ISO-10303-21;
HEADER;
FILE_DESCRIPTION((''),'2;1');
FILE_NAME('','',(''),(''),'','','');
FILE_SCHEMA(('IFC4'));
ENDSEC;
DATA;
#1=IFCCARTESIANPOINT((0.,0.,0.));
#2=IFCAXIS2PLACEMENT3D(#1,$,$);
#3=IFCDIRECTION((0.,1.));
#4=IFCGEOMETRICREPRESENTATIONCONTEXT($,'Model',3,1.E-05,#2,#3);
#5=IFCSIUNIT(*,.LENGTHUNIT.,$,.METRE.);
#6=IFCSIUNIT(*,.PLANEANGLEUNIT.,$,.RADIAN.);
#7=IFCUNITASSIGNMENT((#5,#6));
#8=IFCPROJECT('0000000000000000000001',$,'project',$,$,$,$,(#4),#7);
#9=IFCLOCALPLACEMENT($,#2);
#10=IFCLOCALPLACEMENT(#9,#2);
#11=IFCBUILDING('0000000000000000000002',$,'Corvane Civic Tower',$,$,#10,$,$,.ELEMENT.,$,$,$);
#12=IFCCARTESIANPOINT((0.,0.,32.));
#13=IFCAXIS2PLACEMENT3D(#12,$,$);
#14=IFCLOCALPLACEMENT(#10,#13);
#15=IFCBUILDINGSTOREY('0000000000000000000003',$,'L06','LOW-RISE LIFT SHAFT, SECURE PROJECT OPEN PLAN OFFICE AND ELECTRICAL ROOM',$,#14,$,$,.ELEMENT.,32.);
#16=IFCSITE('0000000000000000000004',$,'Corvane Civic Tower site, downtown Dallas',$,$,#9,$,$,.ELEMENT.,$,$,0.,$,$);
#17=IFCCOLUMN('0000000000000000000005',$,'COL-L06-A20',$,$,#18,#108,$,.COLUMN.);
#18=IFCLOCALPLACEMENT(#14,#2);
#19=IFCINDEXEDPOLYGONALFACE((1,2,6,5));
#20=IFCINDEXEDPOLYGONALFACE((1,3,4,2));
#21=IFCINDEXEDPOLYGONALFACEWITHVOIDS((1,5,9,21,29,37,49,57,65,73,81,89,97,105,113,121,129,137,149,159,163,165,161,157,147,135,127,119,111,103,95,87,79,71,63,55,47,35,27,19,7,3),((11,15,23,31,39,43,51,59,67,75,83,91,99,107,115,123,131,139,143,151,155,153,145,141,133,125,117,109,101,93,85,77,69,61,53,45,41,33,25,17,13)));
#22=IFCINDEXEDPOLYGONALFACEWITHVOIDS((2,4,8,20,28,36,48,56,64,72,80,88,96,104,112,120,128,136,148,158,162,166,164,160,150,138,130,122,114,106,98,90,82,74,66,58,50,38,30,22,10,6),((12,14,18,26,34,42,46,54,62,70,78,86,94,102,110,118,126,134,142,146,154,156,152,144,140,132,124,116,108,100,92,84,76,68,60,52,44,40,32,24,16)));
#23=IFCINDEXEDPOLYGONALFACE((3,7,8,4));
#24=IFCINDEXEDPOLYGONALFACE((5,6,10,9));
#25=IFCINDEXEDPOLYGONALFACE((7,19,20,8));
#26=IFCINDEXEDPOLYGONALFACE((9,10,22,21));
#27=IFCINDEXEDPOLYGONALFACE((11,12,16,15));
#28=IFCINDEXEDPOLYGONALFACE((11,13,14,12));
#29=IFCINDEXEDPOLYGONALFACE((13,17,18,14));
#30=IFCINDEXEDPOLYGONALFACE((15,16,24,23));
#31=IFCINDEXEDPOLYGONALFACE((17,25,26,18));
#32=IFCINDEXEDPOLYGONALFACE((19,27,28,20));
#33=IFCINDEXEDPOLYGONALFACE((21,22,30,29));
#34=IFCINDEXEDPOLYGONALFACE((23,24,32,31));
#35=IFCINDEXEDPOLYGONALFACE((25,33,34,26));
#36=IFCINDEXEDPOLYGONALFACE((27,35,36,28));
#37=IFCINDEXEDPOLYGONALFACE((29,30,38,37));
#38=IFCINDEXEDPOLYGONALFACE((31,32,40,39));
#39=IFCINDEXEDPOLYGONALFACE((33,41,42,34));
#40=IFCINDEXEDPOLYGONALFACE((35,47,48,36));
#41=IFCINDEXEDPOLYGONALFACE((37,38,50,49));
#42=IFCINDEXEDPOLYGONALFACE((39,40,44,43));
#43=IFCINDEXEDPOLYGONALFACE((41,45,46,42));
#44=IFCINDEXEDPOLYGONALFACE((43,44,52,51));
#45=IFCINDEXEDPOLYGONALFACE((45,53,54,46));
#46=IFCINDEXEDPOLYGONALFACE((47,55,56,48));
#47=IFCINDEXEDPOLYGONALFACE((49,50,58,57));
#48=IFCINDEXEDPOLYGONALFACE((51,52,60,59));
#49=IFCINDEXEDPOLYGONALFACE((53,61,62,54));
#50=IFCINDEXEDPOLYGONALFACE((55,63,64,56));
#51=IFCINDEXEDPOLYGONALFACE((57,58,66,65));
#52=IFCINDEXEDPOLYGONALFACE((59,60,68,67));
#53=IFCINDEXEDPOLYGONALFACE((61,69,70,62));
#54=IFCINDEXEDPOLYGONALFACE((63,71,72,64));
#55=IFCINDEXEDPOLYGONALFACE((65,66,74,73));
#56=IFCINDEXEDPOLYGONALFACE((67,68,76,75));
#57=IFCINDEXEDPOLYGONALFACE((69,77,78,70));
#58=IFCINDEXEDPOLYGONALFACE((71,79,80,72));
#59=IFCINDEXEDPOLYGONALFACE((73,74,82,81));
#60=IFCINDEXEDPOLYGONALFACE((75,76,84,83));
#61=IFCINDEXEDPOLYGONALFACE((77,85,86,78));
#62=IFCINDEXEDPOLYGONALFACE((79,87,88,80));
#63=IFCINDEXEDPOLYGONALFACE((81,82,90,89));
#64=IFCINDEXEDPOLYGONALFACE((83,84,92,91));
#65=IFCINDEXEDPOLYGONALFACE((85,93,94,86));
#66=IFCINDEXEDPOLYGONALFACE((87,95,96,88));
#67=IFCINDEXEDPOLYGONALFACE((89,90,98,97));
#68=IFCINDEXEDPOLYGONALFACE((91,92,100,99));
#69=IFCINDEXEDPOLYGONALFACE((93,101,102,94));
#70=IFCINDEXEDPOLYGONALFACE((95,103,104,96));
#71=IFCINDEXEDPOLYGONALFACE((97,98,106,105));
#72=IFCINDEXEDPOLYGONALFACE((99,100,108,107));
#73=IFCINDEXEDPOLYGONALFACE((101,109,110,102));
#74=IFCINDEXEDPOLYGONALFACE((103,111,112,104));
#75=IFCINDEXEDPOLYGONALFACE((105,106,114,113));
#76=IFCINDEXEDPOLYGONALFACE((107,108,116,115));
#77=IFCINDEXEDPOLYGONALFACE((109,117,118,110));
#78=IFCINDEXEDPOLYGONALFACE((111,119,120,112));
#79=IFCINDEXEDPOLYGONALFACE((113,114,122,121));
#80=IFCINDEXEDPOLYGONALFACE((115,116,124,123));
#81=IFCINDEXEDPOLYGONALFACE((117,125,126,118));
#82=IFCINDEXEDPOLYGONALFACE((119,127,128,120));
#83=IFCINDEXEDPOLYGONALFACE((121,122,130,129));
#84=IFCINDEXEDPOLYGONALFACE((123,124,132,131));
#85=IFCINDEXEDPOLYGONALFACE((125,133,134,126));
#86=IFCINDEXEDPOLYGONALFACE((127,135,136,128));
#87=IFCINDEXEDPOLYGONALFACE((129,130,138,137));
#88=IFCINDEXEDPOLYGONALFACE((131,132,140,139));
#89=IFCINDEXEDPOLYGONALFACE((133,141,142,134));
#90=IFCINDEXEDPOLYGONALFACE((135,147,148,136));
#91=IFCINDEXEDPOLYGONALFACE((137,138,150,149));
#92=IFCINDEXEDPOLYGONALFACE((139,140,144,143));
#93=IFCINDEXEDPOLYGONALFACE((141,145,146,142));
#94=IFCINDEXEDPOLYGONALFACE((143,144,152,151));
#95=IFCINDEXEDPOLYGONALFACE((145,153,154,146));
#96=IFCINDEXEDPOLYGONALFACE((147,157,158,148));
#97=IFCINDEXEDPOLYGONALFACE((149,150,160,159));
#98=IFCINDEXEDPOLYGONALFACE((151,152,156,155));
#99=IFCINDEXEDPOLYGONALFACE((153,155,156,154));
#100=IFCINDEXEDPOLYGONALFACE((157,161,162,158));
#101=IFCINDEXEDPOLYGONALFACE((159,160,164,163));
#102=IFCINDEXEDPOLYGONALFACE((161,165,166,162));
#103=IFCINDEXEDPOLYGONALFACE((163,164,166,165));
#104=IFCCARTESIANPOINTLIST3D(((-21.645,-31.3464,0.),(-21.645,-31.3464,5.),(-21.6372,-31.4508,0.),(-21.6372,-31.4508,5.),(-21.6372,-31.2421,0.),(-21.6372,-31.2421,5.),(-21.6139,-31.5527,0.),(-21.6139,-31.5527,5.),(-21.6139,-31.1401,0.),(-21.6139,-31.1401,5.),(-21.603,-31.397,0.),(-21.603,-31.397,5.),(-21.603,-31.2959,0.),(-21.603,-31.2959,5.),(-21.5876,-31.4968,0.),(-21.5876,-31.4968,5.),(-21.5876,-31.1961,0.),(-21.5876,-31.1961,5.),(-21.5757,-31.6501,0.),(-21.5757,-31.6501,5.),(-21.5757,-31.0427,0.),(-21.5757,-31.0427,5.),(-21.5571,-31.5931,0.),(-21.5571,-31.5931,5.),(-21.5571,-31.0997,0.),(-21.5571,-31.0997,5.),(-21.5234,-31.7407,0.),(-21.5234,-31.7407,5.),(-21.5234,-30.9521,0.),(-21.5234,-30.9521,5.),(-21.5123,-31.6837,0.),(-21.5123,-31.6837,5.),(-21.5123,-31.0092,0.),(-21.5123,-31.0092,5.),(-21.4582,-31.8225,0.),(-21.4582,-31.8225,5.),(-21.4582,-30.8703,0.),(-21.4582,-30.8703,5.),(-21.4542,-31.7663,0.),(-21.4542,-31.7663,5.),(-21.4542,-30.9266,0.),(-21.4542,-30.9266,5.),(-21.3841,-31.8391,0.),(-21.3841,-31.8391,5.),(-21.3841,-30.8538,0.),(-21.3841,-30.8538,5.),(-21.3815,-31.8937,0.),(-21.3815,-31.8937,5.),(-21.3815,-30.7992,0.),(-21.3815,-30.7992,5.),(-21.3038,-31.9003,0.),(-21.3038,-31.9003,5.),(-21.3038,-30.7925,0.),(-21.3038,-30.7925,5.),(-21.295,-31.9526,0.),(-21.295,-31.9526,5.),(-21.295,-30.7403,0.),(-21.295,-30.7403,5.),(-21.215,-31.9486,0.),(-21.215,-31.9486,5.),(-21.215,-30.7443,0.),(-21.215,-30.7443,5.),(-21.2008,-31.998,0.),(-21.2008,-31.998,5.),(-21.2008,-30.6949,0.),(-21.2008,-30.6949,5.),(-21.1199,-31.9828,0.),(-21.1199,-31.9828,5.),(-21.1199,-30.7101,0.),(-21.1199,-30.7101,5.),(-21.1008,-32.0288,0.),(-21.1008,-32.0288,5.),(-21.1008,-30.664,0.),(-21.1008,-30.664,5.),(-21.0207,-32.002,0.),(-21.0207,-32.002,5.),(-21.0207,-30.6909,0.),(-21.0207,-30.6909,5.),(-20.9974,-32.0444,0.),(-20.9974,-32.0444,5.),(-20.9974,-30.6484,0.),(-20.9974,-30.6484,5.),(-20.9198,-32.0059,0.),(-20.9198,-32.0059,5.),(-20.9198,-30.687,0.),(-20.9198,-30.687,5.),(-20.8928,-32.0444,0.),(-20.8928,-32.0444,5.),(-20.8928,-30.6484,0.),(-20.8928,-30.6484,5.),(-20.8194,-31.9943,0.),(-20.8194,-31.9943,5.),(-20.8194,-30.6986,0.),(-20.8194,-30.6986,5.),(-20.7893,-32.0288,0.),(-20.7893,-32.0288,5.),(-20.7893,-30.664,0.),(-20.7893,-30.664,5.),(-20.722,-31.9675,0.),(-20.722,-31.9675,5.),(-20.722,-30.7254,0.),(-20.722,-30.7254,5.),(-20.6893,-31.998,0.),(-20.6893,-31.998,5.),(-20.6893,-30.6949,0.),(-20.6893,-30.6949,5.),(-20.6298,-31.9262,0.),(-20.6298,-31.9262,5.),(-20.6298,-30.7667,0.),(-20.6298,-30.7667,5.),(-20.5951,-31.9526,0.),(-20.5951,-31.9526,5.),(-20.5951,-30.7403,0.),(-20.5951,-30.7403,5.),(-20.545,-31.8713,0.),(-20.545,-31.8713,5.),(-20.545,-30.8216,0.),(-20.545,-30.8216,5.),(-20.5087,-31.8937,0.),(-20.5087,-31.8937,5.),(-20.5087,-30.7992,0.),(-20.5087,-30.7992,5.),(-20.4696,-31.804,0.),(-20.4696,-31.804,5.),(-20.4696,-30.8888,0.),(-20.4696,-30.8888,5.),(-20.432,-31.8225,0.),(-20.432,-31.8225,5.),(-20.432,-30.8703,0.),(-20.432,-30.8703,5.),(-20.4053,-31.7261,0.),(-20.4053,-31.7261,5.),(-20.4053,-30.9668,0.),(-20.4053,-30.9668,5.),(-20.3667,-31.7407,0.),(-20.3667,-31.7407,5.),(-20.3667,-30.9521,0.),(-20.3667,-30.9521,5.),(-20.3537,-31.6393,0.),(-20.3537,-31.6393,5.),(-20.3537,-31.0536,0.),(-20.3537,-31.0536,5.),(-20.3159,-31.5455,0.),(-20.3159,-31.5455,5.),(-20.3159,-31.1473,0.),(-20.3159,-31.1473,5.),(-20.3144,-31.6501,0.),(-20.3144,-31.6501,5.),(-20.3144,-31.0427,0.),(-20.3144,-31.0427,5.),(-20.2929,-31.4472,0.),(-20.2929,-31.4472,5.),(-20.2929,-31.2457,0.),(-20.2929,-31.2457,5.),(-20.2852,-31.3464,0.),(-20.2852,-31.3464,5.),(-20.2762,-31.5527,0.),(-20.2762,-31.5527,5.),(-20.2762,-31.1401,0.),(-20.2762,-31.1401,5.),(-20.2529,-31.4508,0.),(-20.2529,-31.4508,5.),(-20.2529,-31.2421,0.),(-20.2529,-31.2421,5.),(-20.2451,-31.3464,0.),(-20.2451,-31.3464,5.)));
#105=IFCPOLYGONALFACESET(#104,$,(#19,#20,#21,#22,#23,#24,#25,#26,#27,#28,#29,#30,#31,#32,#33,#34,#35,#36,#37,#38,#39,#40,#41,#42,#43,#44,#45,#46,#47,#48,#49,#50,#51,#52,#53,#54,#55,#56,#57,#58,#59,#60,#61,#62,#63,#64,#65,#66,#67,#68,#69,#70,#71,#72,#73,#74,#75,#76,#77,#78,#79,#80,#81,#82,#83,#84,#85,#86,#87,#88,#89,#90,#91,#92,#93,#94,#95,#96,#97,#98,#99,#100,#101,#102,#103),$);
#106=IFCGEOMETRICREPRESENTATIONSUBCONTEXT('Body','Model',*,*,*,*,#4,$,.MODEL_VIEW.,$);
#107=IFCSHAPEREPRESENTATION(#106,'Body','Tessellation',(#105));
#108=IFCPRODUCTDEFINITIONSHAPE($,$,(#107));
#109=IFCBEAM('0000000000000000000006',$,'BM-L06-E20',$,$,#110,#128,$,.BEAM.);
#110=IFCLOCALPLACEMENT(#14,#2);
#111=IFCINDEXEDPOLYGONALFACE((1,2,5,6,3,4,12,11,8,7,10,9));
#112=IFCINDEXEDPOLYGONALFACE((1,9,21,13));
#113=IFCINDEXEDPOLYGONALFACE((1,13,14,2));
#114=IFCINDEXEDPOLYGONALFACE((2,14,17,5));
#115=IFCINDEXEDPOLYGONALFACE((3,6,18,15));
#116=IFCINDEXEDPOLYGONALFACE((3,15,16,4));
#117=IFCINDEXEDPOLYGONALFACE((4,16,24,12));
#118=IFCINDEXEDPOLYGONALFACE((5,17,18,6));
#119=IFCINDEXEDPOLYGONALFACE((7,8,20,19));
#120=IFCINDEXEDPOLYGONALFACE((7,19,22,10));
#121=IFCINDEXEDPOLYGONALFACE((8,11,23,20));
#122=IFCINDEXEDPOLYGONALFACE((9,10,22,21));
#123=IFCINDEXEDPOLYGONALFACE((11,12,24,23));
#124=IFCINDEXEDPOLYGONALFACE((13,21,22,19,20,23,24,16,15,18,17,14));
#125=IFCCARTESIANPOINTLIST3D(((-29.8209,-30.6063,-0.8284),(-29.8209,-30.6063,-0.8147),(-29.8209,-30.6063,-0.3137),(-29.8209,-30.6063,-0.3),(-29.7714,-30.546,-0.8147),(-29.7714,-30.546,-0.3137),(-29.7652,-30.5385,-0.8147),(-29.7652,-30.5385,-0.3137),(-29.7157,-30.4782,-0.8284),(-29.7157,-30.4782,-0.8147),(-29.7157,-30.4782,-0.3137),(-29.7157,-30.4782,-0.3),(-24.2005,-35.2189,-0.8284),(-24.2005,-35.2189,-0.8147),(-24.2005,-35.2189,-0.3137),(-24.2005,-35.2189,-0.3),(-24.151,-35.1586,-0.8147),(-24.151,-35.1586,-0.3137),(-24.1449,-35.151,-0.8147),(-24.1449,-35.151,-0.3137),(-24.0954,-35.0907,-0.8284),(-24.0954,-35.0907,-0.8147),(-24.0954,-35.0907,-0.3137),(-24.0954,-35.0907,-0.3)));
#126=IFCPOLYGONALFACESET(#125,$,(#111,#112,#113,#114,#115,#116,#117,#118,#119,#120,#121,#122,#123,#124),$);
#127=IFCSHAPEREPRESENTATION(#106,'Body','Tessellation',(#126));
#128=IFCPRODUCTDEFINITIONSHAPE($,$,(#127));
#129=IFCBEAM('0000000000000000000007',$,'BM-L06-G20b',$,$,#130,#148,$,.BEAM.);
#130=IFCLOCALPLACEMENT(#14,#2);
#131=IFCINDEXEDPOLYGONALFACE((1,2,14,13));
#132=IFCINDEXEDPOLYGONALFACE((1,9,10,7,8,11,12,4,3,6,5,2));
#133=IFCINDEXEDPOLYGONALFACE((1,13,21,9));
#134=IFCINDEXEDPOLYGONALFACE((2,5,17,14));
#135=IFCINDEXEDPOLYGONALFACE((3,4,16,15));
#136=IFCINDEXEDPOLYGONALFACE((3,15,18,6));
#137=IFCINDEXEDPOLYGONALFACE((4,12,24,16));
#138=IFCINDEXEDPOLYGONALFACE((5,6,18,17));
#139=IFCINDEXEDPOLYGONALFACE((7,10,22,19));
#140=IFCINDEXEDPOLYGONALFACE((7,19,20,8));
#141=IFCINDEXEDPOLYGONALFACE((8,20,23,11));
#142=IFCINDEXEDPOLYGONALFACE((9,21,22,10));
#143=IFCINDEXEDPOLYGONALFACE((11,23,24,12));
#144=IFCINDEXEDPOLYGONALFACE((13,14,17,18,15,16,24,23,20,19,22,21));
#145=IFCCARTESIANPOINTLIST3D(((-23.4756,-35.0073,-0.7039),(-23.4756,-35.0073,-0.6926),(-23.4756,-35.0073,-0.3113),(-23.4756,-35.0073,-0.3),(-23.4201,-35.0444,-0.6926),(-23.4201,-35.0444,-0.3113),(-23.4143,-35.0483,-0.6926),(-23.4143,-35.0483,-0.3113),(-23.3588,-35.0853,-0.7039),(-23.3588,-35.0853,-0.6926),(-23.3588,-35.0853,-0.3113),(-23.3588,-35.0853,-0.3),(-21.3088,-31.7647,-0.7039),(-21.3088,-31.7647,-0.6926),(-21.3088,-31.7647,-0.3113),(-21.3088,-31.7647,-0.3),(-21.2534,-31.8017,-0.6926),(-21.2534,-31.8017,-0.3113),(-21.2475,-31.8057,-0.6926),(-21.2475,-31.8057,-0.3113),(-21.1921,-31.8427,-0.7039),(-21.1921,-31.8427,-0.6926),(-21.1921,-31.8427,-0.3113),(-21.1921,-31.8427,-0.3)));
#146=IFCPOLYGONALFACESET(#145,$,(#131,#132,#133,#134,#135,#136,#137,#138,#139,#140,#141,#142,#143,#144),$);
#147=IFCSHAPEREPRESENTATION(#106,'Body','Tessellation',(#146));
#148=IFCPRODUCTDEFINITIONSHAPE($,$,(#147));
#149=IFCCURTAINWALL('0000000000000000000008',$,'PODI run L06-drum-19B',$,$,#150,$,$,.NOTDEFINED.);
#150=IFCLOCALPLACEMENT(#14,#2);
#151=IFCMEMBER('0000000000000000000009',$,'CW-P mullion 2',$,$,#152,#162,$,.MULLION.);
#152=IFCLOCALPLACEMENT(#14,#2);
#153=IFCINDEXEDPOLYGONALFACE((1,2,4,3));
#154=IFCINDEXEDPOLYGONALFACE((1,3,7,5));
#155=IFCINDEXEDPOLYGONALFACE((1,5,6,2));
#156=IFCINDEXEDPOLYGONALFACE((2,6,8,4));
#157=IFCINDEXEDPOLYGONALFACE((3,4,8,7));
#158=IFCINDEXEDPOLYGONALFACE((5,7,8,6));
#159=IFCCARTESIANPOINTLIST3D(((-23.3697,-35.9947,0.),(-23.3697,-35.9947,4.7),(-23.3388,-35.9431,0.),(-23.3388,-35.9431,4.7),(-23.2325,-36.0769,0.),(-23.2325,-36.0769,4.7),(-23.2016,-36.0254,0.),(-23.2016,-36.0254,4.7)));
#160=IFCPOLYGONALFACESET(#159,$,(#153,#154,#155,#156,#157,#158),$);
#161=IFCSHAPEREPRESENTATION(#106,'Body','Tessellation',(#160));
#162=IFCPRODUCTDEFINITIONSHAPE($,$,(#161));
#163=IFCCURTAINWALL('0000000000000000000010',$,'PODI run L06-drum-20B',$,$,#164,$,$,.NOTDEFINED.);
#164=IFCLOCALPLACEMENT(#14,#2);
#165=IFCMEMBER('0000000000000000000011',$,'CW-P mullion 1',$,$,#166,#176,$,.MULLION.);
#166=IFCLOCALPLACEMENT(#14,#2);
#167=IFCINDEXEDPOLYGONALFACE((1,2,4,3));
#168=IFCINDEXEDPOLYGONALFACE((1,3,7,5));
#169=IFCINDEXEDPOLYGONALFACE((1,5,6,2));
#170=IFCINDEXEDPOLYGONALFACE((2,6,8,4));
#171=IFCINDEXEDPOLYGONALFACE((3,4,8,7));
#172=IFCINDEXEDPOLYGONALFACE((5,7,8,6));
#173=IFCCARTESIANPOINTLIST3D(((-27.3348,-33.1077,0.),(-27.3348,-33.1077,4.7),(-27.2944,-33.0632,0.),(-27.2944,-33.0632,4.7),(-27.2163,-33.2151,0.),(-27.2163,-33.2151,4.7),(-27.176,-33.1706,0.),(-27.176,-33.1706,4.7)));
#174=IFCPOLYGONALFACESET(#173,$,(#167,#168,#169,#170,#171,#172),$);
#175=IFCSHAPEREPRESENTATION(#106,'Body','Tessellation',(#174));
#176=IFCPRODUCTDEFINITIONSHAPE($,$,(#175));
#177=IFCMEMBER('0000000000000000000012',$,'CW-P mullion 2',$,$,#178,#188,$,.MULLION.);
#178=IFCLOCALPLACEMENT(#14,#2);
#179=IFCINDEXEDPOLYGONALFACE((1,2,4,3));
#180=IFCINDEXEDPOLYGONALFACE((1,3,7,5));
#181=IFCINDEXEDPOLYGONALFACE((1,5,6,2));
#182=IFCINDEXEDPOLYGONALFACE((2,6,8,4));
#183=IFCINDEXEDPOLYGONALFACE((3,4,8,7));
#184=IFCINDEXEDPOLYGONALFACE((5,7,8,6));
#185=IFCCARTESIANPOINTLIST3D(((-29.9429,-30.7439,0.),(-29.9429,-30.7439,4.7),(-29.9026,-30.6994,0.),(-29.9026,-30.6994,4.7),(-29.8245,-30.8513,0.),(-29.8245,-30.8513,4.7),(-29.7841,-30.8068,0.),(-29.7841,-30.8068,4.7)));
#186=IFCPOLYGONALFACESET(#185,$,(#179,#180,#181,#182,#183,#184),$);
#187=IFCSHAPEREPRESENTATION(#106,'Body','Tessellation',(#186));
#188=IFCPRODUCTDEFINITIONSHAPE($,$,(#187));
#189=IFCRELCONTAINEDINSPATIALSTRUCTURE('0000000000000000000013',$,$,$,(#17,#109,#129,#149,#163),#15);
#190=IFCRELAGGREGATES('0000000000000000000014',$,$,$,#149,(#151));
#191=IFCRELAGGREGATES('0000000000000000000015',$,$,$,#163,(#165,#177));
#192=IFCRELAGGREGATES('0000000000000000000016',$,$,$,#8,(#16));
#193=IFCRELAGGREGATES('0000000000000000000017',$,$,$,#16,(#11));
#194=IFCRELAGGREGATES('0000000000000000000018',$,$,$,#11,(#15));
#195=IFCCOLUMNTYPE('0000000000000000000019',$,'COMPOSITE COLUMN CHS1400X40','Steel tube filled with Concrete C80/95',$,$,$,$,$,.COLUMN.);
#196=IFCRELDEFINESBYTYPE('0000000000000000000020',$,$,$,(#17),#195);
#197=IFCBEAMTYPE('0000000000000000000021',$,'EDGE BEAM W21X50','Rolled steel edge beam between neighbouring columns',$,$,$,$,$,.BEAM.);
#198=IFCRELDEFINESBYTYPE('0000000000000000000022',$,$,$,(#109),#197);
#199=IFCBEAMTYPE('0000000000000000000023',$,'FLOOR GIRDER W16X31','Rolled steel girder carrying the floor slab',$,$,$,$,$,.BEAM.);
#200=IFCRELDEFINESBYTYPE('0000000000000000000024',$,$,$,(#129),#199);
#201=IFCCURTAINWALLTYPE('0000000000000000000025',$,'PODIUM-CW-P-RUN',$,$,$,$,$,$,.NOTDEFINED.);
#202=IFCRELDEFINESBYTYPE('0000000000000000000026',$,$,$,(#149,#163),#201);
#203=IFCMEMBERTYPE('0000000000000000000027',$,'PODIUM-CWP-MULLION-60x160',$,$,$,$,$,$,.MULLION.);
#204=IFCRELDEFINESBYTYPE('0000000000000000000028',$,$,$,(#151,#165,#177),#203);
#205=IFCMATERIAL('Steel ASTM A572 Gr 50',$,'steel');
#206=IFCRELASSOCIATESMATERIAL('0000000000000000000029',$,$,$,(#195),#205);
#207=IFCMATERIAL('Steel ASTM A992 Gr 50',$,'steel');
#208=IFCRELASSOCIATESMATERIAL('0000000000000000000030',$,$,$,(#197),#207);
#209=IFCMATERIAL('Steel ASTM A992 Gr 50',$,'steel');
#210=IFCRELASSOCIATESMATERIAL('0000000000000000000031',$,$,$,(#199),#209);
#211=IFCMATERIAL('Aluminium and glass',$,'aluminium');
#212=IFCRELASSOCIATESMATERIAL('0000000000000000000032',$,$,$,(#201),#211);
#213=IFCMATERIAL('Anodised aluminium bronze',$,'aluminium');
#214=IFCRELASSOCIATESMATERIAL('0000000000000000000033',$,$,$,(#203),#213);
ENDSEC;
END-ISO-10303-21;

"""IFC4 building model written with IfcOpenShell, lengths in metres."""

from ifc_helpers import new_model, si_unit, direction, frame, origin, origin_2d, place, context, subcontext, project, spatial, rectangle, hollow_circle, i_section, extrude, material, material_profile, profile_set, type_object, element, aggregate, save


model = new_model("IFC4")

# Units and contexts
model_context = context("Model", 3, precision=1e-05, world=origin(), true_north=direction((0.0, 1.0)))
body_context = subcontext(model_context, "Body", "Model", "MODEL_VIEW")
ifc_project = project(units=[si_unit("LENGTHUNIT", "METRE"), si_unit("PLANEANGLEUNIT", "RADIAN")], contexts=[model_context])

# Site, building, storey
site_placement = place(None, origin())
site = spatial("IfcSite", under=ifc_project, at=site_placement, Name="Corvane Civic Tower site, downtown Dallas", CompositionType="ELEMENT", RefElevation=0.0)
building_placement = place(site_placement, origin())
building = spatial("IfcBuilding", under=site, at=building_placement, Name="Corvane Civic Tower", CompositionType="ELEMENT")
storey_placement = place(building_placement, frame((0.0, 0.0, 32.0)))
storey = spatial("IfcBuildingStorey", under=building, at=storey_placement, Name="L06", Description="LOW-RISE LIFT SHAFT, SECURE PROJECT OPEN PLAN OFFICE AND ELECTRICAL ROOM", CompositionType="ELEMENT", Elevation=32.0)

# Column
ifc_material_1 = material(Name="Steel ASTM A572 Gr 50", Category="steel")
ifc_material_profile_1 = material_profile(ifc_material_1, hollow_circle(Radius=0.7, WallThickness=0.04, at=origin_2d()), Name="CHS1400X40")
ifc_profile_set_1 = profile_set([ifc_material_profile_1], Name="Steel ASTM A572 Gr 50")
column_type_1 = type_object("IfcColumnType", Name="COMPOSITE COLUMN CHS1400X40", Description="Steel tube filled with Concrete C80/95", PredefinedType="COLUMN", material=ifc_profile_set_1)
column_placement = place(storey_placement, frame((-20.9451, -31.3464, 0.0), z_axis=(0.0, 0.0, 1.0), x_axis=(1.0, 0.0, 0.0)))
element("IfcColumn", 1, at=column_placement, inside=storey, type_object=column_type_1, Name="COL-L06-A20", PredefinedType="COLUMN", context=body_context, shape_type="SweptSolid", body=[
    extrude(hollow_circle(Radius=0.7, WallThickness=0.04, at=origin_2d()), origin(), (0.0, 0.0, 1.0), 5.0),
])

# Beams
ifc_material_2 = material(Name="Steel ASTM A992 Gr 50", Category="steel")
ifc_material_profile_2 = material_profile(ifc_material_2, i_section(OverallWidth=0.1658, OverallDepth=0.5283, WebThickness=0.0098, FlangeThickness=0.0137, at=origin_2d()), Name="W21X50")
ifc_profile_set_2 = profile_set([ifc_material_profile_2], Name="Steel ASTM A992 Gr 50")
beam_type_1 = type_object("IfcBeamType", Name="EDGE BEAM W21X50", Description="Rolled steel edge beam between neighbouring columns", PredefinedType="BEAM", material=ifc_profile_set_2)
beam_1_placement = place(storey_placement, frame((-24.1479, -35.1548, -0.5642), z_axis=(-0.773008, 0.634396, 0.0), x_axis=(-0.634396, -0.773008, 0.0)))
element("IfcBeam", 2, at=beam_1_placement, inside=storey, type_object=beam_type_1, Name="BM-L06-E20", PredefinedType="BEAM", context=body_context, shape_type="SweptSolid", body=[
    extrude(i_section(OverallWidth=0.1658, OverallDepth=0.5283, WebThickness=0.0098, FlangeThickness=0.0137, at=origin_2d()), origin(), (0.0, 0.0, 1.0), 7.2708),
])
ifc_material_3 = material(Name="Steel ASTM A992 Gr 50", Category="steel")
ifc_material_profile_3 = material_profile(ifc_material_3, i_section(OverallWidth=0.1404, OverallDepth=0.4038, WebThickness=0.0071, FlangeThickness=0.0112, at=origin_2d()), Name="W16X31")
ifc_profile_set_3 = profile_set([ifc_material_profile_3], Name="Steel ASTM A992 Gr 50")
beam_type_2 = type_object("IfcBeamType", Name="FLOOR GIRDER W16X31", Description="Rolled steel girder carrying the floor slab", PredefinedType="BEAM", material=ifc_profile_set_3)
beam_2_placement = place(storey_placement, frame((-21.2505, -31.8037, -0.502), z_axis=(-0.555581, -0.831462, 0.0), x_axis=(0.831462, -0.555581, 0.0)))
element("IfcBeam", 3, at=beam_2_placement, inside=storey, type_object=beam_type_2, Name="BM-L06-G20b", PredefinedType="BEAM", context=body_context, shape_type="SweptSolid", body=[
    extrude(i_section(OverallWidth=0.1404, OverallDepth=0.4038, WebThickness=0.0071, FlangeThickness=0.0112, at=origin_2d()), origin(), (0.0, 0.0, 1.0), 3.8999),
])

# Curtain wall, member
ifc_material_4 = material(Name="Aluminium and glass", Category="aluminium")
curtain_wall_type = type_object("IfcCurtainWallType", Name="PODIUM-CW-P-RUN", PredefinedType="NOTDEFINED", material=ifc_material_4)
curtain_wall_1_placement = place(storey_placement, origin())
curtain_wall_1 = element("IfcCurtainWall", 4, at=curtain_wall_1_placement, inside=storey, type_object=curtain_wall_type, Name="PODI run L06-drum-19B", PredefinedType="NOTDEFINED")
ifc_material_5 = material(Name="Anodised aluminium bronze", Category="aluminium")
ifc_material_profile_4 = material_profile(ifc_material_5, rectangle(XDim=0.0601, YDim=0.1599, at=origin_2d()), Name="AL 60x160")
ifc_profile_set_4 = profile_set([ifc_material_profile_4], Name="Anodised aluminium bronze")
member_type_1 = type_object("IfcMemberType", Name="PODIUM-CWP-MULLION-60x160", PredefinedType="MULLION", material=ifc_profile_set_4)
member_1_placement = place(storey_placement, frame((-23.2856, -36.01, 0.0), z_axis=(0.0, 0.0, 1.0), x_axis=(-0.514118, -0.85772, 0.0)))
member_1 = element("IfcMember", 5, at=member_1_placement, type_object=member_type_1, Name="CW-P mullion 2", PredefinedType="MULLION", context=body_context, shape_type="SweptSolid", body=[
    extrude(rectangle(XDim=0.0601, YDim=0.1599, at=origin_2d()), origin(), (0.0, 0.0, 1.0), 4.7),
])

# Curtain wall, members
curtain_wall_2_placement = place(storey_placement, origin())
curtain_wall_2 = element("IfcCurtainWall", 6, at=curtain_wall_2_placement, inside=storey, type_object=curtain_wall_type, Name="PODI run L06-drum-20B", PredefinedType="NOTDEFINED")
member_2_placement = place(storey_placement, frame((-27.2554, -33.1392, 0.0), z_axis=(0.0, 0.0, 1.0), x_axis=(-0.671576, -0.740935, 0.0)))
member_2 = element("IfcMember", 7, at=member_2_placement, type_object=member_type_1, Name="CW-P mullion 1", PredefinedType="MULLION", context=body_context, shape_type="SweptSolid", body=[
    extrude(rectangle(XDim=0.0601, YDim=0.1599, at=origin_2d()), origin(), (0.0, 0.0, 1.0), 4.7),
])
member_3_placement = place(storey_placement, frame((-29.8635, -30.7754, 0.0), z_axis=(0.0, 0.0, 1.0), x_axis=(-0.671576, -0.740935, 0.0)))
member_3 = element("IfcMember", 8, at=member_3_placement, type_object=member_type_1, Name="CW-P mullion 2", PredefinedType="MULLION", context=body_context, shape_type="SweptSolid", body=[
    extrude(rectangle(XDim=0.0601, YDim=0.1599, at=origin_2d()), origin(), (0.0, 0.0, 1.0), 4.7),
])

aggregate(curtain_wall_1, [member_1])
aggregate(curtain_wall_2, [member_2, member_3])

save(model, "model.ifc")
